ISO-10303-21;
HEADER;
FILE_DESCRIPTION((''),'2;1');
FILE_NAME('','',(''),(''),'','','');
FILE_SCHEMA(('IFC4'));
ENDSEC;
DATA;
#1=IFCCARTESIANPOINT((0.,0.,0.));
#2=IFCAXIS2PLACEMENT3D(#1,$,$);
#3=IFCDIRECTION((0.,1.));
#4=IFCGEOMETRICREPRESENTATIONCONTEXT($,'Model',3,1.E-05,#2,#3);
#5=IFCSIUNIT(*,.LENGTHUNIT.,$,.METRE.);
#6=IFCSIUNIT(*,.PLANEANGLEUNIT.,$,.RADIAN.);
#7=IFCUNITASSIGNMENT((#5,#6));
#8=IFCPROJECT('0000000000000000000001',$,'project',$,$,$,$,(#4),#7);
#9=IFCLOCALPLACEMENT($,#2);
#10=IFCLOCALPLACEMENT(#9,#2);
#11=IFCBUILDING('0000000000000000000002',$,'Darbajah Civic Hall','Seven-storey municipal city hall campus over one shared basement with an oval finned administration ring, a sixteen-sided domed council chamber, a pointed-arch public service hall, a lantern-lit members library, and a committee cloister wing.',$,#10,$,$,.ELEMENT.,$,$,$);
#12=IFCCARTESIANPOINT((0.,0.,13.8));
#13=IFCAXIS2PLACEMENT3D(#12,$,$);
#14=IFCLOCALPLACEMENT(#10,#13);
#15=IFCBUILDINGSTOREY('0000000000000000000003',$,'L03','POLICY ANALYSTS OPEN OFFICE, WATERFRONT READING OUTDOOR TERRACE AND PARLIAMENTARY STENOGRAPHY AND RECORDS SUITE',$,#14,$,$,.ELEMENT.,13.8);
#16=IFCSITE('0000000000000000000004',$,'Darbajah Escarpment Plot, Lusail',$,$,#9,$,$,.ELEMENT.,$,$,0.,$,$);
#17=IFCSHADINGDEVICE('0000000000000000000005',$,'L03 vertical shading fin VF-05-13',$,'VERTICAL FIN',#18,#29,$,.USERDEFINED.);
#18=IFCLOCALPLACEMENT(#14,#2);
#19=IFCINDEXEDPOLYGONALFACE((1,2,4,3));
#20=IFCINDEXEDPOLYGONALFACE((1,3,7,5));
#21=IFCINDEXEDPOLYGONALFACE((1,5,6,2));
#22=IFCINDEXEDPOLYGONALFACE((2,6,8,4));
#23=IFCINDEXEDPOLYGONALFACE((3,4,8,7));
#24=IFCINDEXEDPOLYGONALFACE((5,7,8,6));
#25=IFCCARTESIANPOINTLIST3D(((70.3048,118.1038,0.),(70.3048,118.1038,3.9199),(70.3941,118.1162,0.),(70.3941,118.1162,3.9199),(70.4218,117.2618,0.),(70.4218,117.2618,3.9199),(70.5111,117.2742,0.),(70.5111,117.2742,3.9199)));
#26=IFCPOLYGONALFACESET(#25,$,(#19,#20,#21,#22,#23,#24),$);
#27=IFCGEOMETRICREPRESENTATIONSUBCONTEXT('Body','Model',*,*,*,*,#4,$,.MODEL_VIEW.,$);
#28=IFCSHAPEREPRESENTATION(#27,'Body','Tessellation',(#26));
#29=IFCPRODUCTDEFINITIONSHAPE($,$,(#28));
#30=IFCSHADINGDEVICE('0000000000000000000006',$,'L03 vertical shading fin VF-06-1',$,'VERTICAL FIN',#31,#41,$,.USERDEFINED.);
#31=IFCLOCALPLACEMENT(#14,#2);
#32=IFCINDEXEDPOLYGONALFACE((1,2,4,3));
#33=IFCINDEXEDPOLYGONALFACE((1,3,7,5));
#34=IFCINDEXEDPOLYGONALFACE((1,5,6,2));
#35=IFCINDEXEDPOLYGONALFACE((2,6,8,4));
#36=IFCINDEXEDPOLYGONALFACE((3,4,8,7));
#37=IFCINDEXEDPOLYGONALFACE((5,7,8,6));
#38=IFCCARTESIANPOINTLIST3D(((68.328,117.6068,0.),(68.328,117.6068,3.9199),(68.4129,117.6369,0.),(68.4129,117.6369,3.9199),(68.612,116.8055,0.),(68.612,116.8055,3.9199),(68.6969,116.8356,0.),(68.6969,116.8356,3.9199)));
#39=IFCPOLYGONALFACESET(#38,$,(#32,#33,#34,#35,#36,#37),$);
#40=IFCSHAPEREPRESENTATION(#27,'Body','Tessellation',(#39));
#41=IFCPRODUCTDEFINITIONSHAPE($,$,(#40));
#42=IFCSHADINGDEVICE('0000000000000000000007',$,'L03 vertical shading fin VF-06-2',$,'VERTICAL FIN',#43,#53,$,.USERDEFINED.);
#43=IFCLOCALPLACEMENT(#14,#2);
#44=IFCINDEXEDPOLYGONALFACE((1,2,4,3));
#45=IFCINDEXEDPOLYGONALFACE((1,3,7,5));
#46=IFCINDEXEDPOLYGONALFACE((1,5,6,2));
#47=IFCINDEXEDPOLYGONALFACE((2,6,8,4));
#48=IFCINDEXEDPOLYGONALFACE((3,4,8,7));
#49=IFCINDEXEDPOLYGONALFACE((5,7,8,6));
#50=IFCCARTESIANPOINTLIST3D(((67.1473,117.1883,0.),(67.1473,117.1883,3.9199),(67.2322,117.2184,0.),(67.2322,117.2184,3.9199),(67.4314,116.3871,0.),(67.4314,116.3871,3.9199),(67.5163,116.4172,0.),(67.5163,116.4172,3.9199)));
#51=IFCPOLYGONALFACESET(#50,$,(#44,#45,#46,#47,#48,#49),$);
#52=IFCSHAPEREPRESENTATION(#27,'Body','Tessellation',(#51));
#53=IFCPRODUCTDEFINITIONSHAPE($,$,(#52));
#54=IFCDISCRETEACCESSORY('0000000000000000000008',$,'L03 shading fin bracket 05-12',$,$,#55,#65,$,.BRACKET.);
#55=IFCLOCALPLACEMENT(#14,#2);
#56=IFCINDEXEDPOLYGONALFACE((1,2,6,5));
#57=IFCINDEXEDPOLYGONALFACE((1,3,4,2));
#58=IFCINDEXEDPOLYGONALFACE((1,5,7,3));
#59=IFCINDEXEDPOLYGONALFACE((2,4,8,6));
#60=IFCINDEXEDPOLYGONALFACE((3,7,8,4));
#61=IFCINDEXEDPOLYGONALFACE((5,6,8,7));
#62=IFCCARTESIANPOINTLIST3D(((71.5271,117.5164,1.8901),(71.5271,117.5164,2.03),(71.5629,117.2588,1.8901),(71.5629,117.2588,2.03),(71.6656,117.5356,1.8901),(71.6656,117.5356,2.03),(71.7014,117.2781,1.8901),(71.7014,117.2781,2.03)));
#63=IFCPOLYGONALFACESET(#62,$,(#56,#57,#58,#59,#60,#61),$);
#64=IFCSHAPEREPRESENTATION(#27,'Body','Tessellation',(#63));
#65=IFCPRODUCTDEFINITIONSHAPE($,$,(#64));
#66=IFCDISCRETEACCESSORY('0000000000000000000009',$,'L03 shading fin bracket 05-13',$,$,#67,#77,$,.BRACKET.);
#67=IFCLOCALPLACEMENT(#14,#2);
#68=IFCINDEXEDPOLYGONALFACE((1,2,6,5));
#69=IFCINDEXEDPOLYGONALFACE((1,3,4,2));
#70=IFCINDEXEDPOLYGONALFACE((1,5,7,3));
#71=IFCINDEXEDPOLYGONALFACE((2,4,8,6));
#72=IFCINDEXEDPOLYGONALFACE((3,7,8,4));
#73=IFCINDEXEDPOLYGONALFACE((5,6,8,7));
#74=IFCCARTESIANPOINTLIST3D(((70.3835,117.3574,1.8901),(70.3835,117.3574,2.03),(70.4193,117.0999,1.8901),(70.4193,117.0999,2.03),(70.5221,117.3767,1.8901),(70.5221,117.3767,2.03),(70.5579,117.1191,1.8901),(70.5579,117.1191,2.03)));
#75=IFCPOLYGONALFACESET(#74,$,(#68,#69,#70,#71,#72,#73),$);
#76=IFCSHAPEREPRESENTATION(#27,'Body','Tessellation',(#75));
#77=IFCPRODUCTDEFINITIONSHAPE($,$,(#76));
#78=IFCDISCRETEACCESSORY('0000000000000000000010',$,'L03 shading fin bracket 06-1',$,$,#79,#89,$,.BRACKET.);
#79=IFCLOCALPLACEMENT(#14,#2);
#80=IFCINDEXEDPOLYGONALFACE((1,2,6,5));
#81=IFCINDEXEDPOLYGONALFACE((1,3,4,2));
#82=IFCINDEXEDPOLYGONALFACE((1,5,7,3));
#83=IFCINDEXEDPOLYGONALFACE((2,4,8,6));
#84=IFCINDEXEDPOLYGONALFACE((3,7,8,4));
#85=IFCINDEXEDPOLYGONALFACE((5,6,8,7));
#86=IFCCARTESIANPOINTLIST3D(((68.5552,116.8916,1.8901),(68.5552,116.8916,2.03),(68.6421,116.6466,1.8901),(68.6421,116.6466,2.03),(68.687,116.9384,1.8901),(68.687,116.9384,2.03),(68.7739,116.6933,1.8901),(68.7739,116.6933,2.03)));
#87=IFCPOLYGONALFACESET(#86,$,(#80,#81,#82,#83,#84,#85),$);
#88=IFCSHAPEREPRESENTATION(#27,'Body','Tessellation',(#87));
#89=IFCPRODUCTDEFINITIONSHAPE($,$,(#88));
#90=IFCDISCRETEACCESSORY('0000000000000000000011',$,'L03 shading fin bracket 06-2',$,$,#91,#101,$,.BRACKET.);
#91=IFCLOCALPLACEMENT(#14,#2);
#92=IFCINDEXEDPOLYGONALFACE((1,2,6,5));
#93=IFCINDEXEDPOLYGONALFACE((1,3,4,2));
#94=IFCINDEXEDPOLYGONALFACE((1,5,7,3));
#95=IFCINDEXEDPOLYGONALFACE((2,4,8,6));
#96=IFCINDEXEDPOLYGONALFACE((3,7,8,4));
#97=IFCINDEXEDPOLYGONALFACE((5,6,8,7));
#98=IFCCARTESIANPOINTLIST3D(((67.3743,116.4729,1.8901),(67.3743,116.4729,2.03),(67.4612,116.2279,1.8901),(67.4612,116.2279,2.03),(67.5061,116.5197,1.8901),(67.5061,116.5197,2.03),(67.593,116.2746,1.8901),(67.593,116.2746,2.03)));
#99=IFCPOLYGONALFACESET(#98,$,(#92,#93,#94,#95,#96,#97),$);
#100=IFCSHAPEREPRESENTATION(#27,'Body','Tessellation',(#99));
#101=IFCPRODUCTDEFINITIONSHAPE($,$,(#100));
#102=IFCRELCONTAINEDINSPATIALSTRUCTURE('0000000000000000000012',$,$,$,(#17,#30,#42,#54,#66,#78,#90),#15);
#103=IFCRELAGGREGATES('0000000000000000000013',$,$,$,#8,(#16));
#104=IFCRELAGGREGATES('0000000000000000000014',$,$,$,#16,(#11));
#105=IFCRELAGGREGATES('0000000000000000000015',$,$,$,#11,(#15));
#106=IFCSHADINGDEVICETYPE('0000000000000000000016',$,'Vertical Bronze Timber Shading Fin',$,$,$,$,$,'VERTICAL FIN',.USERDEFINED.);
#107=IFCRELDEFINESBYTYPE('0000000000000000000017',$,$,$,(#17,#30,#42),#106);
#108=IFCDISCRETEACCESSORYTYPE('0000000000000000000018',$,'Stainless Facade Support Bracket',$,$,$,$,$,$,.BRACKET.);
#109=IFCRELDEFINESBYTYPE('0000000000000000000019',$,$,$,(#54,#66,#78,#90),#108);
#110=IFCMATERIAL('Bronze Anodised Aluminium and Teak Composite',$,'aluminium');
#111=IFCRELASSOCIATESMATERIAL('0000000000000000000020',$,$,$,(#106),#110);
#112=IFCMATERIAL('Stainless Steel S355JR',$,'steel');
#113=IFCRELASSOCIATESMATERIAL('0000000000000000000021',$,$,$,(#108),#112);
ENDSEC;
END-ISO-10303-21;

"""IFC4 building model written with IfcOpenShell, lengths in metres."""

from ifc_helpers import new_model, si_unit, direction, frame, origin, origin_2d, place, context, subcontext, project, spatial, rectangle, extrude, material, type_object, element, save


model = new_model("IFC4")

# Units and contexts
model_context = context("Model", 3, precision=1e-05, world=origin(), true_north=direction((0.0, 1.0)))
body_context = subcontext(model_context, "Body", "Model", "MODEL_VIEW")
ifc_project = project(units=[si_unit("LENGTHUNIT", "METRE"), si_unit("PLANEANGLEUNIT", "RADIAN")], contexts=[model_context])

# Site, building, storey
site_placement = place(None, origin())
site = spatial("IfcSite", under=ifc_project, at=site_placement, Name="Darbajah Escarpment Plot, Lusail", CompositionType="ELEMENT", RefElevation=0.0)
building_placement = place(site_placement, origin())
building = spatial("IfcBuilding", under=site, at=building_placement, Name="Darbajah Civic Hall", Description="Seven-storey municipal city hall campus over one shared basement with an oval finned administration ring, a sixteen-sided domed council chamber, a pointed-arch public service hall, a lantern-lit members library, and a committee cloister wing.", CompositionType="ELEMENT")
storey_placement = place(building_placement, frame((0.0, 0.0, 13.8)))
storey = spatial("IfcBuildingStorey", under=building, at=storey_placement, Name="L03", Description="POLICY ANALYSTS OPEN OFFICE, WATERFRONT READING OUTDOOR TERRACE AND PARLIAMENTARY STENOGRAPHY AND RECORDS SUITE", CompositionType="ELEMENT", Elevation=13.8)

# Shading devices
ifc_material_1 = material(Name="Bronze Anodised Aluminium and Teak Composite", Category="aluminium")
shading_device_type = type_object("IfcShadingDeviceType", Name="Vertical Bronze Timber Shading Fin", ElementType="VERTICAL FIN", PredefinedType="USERDEFINED", material=ifc_material_1)
for number, where, z_axis, x_axis, name in (
    (1, (70.408, 117.689, 0.0), (0.0, 0.0, 1.0), (-0.137617, 0.990485, 0.0), "L03 vertical shading fin VF-05-13"),
    (2, (68.5125, 117.2212, 0.0), (0.0, 0.0, 1.0), (-0.334136, 0.942525, 0.0), "L03 vertical shading fin VF-06-1"),
    (3, (67.3318, 116.8027, 0.0), (0.0, 0.0, 1.0), (-0.334136, 0.942525, 0.0), "L03 vertical shading fin VF-06-2"),
):
    element("IfcShadingDevice", number, at=place(storey_placement, frame(where, z_axis=z_axis, x_axis=x_axis)), inside=storey, type_object=shading_device_type, Name=name, ObjectType="VERTICAL FIN", PredefinedType="USERDEFINED", context=body_context, shape_type="SweptSolid", body=[
        extrude(rectangle(XDim=0.8501, YDim=0.0901, at=origin_2d()), origin(), (0.0, 0.0, 1.0), 3.9199),
    ])

# Discrete accessories
ifc_material_2 = material(Name="Stainless Steel S355JR", Category="steel")
discrete_accessory_type = type_object("IfcDiscreteAccessoryType", Name="Stainless Facade Support Bracket", PredefinedType="BRACKET", material=ifc_material_2)
for number, where, z_axis, x_axis, name in (
    (4, (71.6143, 117.3972, 1.8901), (0.0, 0.0, 1.0), (-0.137617, 0.990485, 0.0), "L03 shading fin bracket 05-12"),
    (5, (70.4707, 117.2383, 1.8901), (0.0, 0.0, 1.0), (-0.137617, 0.990485, 0.0), "L03 shading fin bracket 05-13"),
    (6, (68.6646, 116.7925, 1.8901), (0.0, 0.0, 1.0), (-0.334136, 0.942525, 0.0), "L03 shading fin bracket 06-1"),
    (7, (67.4836, 116.3738, 1.8901), (0.0, 0.0, 1.0), (-0.334136, 0.942525, 0.0), "L03 shading fin bracket 06-2"),
):
    element("IfcDiscreteAccessory", number, at=place(storey_placement, frame(where, z_axis=z_axis, x_axis=x_axis)), inside=storey, type_object=discrete_accessory_type, Name=name, PredefinedType="BRACKET", context=body_context, shape_type="SweptSolid", body=[
        extrude(rectangle(XDim=0.26, YDim=0.1399, at=origin_2d()), origin(), (0.0, 0.0, 1.0), 0.1399),
    ])

save(model, "model.ifc")
